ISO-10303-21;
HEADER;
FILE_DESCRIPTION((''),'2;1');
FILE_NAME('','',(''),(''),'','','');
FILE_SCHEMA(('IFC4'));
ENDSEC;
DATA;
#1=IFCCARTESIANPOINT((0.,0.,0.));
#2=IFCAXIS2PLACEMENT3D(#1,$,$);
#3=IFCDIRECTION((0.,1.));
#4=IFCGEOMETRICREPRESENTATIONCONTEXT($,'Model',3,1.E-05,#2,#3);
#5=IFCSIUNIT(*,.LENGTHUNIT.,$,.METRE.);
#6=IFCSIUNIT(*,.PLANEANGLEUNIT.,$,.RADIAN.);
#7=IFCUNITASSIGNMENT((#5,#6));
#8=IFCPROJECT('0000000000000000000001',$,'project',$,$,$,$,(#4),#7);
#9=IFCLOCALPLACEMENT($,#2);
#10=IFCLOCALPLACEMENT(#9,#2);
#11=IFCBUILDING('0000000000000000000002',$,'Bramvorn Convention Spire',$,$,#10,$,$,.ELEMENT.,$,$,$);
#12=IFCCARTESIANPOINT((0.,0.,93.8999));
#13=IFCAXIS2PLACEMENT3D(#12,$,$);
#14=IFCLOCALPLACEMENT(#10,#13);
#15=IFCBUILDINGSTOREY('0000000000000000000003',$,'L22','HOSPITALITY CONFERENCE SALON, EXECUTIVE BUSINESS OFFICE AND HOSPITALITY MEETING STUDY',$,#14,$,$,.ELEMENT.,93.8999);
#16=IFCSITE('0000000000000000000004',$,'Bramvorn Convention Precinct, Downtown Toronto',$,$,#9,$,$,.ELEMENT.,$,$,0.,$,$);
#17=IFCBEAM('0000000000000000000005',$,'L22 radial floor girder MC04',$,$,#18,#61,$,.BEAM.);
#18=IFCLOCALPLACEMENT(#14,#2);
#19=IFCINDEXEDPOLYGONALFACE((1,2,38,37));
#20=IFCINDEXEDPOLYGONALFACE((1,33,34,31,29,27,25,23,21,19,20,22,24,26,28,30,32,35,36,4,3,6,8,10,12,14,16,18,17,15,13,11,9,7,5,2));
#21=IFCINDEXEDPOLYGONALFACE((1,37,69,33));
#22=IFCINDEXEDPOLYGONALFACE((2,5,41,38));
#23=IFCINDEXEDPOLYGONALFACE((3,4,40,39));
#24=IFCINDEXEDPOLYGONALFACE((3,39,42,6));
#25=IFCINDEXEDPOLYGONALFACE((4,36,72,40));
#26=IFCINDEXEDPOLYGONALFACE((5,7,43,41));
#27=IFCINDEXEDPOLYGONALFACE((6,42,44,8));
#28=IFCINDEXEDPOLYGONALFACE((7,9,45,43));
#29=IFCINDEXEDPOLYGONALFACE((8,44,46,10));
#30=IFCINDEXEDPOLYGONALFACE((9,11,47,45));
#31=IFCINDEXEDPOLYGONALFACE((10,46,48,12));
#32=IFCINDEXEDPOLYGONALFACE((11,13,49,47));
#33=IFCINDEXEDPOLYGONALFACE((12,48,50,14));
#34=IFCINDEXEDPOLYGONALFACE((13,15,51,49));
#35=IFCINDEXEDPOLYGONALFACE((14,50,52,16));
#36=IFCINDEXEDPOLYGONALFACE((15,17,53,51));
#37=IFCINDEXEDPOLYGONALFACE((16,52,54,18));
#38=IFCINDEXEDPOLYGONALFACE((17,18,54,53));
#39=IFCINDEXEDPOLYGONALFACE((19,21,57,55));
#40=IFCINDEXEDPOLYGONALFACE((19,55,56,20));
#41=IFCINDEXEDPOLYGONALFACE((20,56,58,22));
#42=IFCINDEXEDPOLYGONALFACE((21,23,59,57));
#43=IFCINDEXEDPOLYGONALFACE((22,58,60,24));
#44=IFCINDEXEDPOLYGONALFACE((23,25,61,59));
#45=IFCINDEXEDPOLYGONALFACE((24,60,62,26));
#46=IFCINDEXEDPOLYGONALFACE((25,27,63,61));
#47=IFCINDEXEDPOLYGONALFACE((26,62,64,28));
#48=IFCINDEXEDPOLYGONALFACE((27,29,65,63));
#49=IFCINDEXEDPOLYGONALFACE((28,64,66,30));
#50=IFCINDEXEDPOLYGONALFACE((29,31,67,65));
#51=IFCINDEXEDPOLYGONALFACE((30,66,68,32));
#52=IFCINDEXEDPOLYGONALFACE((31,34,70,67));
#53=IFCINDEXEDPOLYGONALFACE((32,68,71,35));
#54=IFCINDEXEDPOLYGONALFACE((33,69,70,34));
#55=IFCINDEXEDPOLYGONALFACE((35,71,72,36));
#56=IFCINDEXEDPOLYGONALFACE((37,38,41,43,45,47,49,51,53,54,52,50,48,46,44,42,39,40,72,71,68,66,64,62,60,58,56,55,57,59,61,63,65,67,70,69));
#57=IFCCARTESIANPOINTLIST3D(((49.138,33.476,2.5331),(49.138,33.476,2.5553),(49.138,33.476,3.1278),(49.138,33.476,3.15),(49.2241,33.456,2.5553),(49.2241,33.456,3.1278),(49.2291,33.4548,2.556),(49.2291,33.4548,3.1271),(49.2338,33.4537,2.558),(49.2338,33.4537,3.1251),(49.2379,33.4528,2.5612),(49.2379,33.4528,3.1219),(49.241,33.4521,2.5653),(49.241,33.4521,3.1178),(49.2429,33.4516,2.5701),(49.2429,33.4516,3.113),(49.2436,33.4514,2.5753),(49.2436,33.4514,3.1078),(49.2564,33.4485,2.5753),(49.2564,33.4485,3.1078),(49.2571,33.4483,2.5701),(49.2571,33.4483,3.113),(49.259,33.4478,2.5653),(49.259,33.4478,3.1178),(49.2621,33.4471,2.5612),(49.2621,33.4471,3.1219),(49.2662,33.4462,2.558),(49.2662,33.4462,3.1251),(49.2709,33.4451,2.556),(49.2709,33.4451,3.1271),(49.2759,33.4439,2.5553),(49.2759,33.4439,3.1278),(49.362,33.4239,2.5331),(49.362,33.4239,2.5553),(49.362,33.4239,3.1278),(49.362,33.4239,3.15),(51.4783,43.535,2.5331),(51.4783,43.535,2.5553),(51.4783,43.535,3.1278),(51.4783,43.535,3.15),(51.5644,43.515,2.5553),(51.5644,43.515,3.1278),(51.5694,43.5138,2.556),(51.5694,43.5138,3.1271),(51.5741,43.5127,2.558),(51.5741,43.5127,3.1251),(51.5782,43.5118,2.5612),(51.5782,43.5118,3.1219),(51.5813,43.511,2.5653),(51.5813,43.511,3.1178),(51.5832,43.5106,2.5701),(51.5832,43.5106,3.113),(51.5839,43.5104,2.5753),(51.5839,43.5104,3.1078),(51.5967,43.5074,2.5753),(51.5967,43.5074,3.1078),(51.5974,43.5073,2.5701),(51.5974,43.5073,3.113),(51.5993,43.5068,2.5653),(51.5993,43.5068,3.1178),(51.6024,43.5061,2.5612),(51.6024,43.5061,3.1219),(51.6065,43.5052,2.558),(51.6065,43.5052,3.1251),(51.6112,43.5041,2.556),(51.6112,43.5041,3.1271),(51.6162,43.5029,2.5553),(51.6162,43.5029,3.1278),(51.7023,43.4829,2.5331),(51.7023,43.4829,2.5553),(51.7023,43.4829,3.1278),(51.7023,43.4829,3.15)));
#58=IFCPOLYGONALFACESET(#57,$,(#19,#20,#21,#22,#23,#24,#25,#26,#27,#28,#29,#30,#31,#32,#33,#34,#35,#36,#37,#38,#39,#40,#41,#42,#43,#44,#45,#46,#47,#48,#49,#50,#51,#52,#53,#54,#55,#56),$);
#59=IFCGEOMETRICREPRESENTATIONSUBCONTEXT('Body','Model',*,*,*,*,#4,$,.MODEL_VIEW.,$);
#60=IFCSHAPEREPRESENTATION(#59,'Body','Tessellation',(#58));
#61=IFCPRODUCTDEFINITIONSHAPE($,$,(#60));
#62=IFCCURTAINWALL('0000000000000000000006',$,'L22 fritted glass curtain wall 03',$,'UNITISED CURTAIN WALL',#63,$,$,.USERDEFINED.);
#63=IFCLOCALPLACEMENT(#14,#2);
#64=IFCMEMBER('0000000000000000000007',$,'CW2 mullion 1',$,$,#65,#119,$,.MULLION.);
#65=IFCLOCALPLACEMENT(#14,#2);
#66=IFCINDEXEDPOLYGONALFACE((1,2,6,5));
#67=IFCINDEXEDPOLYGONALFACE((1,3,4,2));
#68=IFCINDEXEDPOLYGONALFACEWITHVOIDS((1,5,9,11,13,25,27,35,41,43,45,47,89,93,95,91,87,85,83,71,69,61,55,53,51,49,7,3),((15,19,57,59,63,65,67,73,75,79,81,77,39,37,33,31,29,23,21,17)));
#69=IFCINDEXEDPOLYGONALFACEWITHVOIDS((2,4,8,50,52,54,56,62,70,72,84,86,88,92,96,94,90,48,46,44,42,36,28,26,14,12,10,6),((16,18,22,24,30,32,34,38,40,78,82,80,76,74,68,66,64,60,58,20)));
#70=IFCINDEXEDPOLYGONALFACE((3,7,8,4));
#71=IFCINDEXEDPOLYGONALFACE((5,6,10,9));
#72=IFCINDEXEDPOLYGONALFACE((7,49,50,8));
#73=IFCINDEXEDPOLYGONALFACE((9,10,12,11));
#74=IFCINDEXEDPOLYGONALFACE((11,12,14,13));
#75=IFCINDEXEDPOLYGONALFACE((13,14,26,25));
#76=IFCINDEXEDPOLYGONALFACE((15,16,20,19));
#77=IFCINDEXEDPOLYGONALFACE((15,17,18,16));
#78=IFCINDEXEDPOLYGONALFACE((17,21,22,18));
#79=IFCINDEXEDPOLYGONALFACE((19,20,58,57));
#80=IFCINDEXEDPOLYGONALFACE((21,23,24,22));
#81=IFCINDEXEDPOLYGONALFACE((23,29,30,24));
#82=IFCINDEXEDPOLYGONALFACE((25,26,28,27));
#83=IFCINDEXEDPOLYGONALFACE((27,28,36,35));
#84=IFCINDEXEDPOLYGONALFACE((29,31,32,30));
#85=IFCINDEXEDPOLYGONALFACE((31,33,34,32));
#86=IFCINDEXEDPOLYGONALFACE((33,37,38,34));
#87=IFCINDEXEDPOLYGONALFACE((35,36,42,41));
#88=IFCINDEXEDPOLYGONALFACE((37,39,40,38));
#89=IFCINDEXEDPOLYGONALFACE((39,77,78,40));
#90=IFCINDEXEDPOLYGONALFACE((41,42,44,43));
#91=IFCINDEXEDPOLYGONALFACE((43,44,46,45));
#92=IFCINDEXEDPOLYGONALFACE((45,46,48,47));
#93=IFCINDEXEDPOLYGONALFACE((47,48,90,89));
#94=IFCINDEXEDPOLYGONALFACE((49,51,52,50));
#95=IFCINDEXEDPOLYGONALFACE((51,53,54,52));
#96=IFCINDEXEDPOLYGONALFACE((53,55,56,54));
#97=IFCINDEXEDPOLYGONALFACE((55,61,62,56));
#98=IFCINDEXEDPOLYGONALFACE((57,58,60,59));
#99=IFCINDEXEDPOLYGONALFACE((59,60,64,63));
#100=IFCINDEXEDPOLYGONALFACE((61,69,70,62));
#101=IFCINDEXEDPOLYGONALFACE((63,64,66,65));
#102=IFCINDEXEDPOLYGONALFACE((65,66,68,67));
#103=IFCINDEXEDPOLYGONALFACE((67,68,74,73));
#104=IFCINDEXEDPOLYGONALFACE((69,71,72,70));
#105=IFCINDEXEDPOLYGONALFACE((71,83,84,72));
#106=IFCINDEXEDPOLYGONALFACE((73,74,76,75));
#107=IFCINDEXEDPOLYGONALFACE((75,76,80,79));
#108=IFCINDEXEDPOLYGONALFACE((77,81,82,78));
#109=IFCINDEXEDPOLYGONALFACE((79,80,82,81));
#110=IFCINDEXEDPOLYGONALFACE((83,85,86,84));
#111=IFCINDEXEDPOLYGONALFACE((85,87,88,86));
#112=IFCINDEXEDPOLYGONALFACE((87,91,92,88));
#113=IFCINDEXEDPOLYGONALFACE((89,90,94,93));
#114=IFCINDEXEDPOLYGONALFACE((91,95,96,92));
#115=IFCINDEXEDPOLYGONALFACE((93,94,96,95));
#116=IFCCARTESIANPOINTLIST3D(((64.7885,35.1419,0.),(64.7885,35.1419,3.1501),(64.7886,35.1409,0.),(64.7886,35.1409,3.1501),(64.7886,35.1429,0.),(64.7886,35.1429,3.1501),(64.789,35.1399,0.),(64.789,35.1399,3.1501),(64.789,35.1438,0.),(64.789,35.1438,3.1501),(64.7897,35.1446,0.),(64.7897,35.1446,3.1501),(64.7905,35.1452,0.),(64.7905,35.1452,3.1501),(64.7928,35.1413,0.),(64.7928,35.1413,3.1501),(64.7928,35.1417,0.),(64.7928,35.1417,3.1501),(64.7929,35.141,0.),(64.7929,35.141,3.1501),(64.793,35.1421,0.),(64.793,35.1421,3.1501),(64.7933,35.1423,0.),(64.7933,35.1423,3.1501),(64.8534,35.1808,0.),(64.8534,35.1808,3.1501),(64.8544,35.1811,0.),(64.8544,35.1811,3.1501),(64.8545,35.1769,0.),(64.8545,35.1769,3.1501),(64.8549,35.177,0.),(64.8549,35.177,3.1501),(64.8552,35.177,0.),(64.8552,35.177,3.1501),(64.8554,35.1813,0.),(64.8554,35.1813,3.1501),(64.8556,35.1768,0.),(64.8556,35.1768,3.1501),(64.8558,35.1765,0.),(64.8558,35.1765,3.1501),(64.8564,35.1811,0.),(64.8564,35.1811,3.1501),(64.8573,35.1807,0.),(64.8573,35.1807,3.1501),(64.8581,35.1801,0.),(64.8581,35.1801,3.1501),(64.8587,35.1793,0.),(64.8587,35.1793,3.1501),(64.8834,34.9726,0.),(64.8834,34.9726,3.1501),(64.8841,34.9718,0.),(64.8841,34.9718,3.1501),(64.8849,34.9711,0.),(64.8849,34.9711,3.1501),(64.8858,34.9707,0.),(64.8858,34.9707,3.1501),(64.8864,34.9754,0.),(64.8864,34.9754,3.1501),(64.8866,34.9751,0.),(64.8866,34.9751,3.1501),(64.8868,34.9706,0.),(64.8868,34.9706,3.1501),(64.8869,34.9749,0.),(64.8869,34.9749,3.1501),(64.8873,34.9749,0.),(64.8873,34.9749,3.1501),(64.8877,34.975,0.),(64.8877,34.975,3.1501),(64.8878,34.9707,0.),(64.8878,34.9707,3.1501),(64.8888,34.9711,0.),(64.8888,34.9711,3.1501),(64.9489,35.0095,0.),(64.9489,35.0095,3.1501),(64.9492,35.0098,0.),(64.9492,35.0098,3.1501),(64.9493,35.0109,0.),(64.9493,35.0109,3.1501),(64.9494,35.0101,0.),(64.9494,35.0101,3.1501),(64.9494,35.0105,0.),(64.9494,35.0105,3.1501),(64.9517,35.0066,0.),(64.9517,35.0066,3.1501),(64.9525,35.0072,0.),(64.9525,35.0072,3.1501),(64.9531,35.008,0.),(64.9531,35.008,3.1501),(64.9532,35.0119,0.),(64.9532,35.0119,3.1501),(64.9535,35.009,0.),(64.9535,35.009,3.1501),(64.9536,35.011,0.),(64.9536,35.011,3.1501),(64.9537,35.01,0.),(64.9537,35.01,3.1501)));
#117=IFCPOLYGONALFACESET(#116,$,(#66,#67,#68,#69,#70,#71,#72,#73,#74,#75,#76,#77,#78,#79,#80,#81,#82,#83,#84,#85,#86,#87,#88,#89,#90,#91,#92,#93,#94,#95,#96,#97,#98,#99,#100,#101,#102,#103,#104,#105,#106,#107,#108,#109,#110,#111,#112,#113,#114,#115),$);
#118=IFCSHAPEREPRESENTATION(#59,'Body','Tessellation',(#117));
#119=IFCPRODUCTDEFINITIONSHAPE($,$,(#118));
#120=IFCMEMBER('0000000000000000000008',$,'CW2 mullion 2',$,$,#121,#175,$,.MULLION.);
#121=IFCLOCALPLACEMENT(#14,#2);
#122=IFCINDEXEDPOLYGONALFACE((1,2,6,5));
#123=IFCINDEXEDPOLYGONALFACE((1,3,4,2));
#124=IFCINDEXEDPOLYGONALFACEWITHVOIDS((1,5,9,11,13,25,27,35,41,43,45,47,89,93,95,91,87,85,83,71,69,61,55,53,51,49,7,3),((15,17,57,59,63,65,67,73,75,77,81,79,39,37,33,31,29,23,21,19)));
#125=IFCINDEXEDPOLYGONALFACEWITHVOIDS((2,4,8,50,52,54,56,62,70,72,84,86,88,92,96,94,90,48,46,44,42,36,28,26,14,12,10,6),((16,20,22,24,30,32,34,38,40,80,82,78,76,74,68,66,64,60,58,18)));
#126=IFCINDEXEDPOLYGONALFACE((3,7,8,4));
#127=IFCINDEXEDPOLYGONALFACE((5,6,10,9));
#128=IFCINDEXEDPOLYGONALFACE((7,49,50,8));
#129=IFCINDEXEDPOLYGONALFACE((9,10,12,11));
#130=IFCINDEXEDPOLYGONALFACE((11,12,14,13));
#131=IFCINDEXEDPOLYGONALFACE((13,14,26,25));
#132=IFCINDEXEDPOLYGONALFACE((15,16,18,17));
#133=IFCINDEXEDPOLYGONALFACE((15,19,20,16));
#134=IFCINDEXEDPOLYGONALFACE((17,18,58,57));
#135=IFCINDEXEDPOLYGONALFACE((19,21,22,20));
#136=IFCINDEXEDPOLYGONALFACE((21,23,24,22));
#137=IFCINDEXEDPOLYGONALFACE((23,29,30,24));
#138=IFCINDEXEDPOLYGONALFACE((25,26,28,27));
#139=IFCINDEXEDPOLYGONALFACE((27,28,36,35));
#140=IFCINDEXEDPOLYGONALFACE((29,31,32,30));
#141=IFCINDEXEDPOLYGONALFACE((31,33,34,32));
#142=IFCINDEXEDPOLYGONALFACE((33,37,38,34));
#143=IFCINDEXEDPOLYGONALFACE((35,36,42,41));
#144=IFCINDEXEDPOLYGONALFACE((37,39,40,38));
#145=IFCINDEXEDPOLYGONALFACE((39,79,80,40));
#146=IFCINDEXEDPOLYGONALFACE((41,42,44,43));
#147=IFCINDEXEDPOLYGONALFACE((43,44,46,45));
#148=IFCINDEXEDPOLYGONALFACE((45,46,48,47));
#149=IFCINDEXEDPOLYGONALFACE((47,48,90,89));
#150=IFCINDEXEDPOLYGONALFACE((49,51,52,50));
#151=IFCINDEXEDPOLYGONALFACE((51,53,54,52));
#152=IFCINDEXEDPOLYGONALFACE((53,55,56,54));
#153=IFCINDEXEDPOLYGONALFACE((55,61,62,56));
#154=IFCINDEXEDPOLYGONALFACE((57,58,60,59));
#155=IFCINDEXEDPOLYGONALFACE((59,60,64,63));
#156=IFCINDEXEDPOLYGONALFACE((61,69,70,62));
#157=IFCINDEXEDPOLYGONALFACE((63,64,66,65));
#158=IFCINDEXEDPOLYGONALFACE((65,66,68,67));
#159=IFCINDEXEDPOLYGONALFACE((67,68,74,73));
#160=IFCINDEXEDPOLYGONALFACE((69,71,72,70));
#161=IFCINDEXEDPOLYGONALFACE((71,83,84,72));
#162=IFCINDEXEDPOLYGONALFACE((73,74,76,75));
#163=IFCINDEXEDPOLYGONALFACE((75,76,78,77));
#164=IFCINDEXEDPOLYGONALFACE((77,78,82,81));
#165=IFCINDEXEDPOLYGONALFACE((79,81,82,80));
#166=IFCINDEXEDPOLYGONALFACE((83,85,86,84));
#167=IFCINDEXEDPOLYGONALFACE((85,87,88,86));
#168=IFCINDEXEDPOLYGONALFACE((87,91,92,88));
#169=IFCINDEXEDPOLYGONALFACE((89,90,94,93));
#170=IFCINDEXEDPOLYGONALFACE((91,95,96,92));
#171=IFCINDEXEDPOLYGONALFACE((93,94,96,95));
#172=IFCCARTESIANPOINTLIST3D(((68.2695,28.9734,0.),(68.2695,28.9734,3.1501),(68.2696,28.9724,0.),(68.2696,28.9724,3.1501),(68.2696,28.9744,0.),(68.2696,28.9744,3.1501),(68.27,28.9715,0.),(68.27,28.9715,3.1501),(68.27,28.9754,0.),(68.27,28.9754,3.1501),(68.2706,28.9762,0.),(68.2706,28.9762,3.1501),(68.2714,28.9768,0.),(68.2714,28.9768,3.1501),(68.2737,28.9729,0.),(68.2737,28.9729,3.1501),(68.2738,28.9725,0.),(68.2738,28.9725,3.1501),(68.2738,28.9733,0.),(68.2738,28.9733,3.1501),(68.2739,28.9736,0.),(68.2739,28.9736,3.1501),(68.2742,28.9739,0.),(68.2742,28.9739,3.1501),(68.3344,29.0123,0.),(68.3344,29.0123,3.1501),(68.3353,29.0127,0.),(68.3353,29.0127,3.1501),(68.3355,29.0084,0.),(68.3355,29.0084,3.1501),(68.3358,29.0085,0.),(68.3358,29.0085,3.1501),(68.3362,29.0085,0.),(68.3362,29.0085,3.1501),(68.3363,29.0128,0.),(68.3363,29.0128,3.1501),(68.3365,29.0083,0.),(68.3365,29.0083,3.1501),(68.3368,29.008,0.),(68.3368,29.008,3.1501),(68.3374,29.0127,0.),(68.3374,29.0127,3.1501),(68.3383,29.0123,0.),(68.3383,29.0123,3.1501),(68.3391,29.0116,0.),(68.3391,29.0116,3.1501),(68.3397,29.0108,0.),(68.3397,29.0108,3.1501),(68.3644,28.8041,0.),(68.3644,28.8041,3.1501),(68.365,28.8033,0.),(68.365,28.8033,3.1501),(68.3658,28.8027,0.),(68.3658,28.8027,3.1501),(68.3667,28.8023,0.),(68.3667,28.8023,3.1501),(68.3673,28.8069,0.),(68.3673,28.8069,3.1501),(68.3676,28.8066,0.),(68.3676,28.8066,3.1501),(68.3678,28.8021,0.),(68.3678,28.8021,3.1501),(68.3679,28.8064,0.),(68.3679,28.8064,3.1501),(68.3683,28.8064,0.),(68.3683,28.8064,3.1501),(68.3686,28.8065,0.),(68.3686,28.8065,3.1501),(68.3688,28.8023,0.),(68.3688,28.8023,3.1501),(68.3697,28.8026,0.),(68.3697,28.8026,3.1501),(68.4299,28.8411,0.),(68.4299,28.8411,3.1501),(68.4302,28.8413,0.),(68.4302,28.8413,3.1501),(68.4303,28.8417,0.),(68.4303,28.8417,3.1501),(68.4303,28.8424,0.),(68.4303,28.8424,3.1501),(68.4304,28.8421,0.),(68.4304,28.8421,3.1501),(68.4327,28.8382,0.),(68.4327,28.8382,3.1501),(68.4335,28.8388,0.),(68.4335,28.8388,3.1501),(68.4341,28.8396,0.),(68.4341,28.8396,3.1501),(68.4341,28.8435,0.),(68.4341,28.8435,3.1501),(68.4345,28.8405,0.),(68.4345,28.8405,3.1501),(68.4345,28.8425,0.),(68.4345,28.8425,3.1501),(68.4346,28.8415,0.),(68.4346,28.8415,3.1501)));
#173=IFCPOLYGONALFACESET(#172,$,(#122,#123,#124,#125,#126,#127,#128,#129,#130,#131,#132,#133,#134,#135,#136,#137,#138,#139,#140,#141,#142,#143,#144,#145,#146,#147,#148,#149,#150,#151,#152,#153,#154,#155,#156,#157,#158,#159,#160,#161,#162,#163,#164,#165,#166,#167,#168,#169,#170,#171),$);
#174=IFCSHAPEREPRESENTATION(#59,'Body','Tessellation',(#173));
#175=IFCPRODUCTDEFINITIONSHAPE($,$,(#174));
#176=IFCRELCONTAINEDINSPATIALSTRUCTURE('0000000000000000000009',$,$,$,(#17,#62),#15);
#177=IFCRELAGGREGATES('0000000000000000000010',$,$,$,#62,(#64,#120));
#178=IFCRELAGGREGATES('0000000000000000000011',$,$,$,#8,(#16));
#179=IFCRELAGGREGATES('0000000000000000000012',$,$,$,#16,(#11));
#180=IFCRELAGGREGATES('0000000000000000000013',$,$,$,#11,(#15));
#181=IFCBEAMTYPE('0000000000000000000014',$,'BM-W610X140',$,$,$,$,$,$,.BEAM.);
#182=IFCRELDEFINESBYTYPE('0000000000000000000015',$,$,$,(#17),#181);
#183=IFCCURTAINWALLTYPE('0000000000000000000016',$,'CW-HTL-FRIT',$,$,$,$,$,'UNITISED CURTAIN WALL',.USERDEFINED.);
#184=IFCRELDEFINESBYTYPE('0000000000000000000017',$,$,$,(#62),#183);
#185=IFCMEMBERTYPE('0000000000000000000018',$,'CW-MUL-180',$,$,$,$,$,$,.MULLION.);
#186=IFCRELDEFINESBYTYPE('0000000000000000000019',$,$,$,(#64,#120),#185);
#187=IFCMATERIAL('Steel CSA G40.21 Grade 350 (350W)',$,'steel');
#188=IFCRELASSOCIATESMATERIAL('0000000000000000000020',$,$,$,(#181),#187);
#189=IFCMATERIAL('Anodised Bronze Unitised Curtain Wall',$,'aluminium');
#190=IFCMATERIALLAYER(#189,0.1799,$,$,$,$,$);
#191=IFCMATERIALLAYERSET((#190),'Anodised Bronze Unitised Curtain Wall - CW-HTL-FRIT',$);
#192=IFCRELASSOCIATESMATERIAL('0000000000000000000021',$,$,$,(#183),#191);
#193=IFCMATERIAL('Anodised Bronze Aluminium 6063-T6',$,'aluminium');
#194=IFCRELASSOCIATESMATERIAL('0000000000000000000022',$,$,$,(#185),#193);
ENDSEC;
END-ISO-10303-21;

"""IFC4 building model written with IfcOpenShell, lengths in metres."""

from ifc_helpers import new_model, si_unit, direction, frame, origin, origin_2d, place, context, subcontext, project, spatial, hollow_rectangle, i_section, extrude, material, layer, layer_set, material_profile, profile_set, type_object, element, aggregate, save


model = new_model("IFC4")

# Units and contexts
model_context = context("Model", 3, precision=1e-05, world=origin(), true_north=direction((0.0, 1.0)))
body_context = subcontext(model_context, "Body", "Model", "MODEL_VIEW")
ifc_project = project(units=[si_unit("LENGTHUNIT", "METRE"), si_unit("PLANEANGLEUNIT", "RADIAN")], contexts=[model_context])

# Site, building, storey
site_placement = place(None, origin())
site = spatial("IfcSite", under=ifc_project, at=site_placement, Name="Bramvorn Convention Precinct, Downtown Toronto", CompositionType="ELEMENT", RefElevation=0.0)
building_placement = place(site_placement, origin())
building = spatial("IfcBuilding", under=site, at=building_placement, Name="Bramvorn Convention Spire", CompositionType="ELEMENT")
storey_placement = place(building_placement, frame((0.0, 0.0, 93.8999)))
storey = spatial("IfcBuildingStorey", under=building, at=storey_placement, Name="L22", Description="HOSPITALITY CONFERENCE SALON, EXECUTIVE BUSINESS OFFICE AND HOSPITALITY MEETING STUDY", CompositionType="ELEMENT", Elevation=93.8999)

# Shared definitions
ifc_material_1 = material(Name="Steel CSA G40.21 Grade 350 (350W)", Category="steel")

# Beam
ifc_material_profile_1 = material_profile(ifc_material_1, i_section(OverallWidth=0.23, OverallDepth=0.6169, WebThickness=0.0132, FlangeThickness=0.0222, FilletRadius=0.02, at=origin_2d()))
ifc_profile_set_1 = profile_set([ifc_material_profile_1], Name="Steel CSA G40.21 Grade 350 (350W) - W610X140")
beam_type_1 = type_object("IfcBeamType", Name="BM-W610X140", PredefinedType="BEAM", material=ifc_profile_set_1)
beam_1_placement = place(storey_placement, frame((49.25, 33.45, 2.8416), z_axis=(0.226606, 0.973986, 0.0), x_axis=(-0.973986, 0.226606, 0.0)))
element("IfcBeam", 1, at=beam_1_placement, inside=storey, type_object=beam_type_1, Name="L22 radial floor girder MC04", PredefinedType="BEAM", context=body_context, shape_type="SweptSolid", body=[
    extrude(i_section(OverallWidth=0.23, OverallDepth=0.6169, WebThickness=0.0132, FlangeThickness=0.0222, FilletRadius=0.02, at=origin_2d()), origin(), (0.0, 0.0, 1.0), 10.3276),
])

# Curtain wall, members
ifc_material_2 = material(Name="Anodised Bronze Unitised Curtain Wall", Category="aluminium")
ifc_layer_1 = layer(ifc_material_2, 0.1799)
ifc_layer_set_1 = layer_set([ifc_layer_1], Name="Anodised Bronze Unitised Curtain Wall - CW-HTL-FRIT")
curtain_wall_type = type_object("IfcCurtainWallType", Name="CW-HTL-FRIT", ElementType="UNITISED CURTAIN WALL", PredefinedType="USERDEFINED", material=ifc_layer_set_1)
curtain_wall_1_placement = place(storey_placement, origin())
curtain_wall_1 = element("IfcCurtainWall", 2, at=curtain_wall_1_placement, inside=storey, type_object=curtain_wall_type, Name="L22 fritted glass curtain wall 03", ObjectType="UNITISED CURTAIN WALL", PredefinedType="USERDEFINED")
ifc_material_3 = material(Name="Anodised Bronze Aluminium 6063-T6", Category="aluminium")
ifc_material_profile_2 = material_profile(ifc_material_3, hollow_rectangle(XDim=0.0801, YDim=0.2, WallThickness=0.0039, InnerFilletRadius=0.001, OuterFilletRadius=0.0039, at=origin_2d()))
ifc_profile_set_2 = profile_set([ifc_material_profile_2], Name="Anodised Bronze Aluminium 6063-T6 - CWM80X200")
member_type_1 = type_object("IfcMemberType", Name="CW-MUL-180", PredefinedType="MULLION", material=ifc_profile_set_2)
member_1_placement = place(storey_placement, frame((64.8711, 35.0759, 0.0), z_axis=(0.0, 0.0, 1.0), x_axis=(0.870895, 0.491469, 0.0)))
member_1 = element("IfcMember", 3, at=member_1_placement, type_object=member_type_1, Name="CW2 mullion 1", PredefinedType="MULLION", context=body_context, shape_type="SweptSolid", body=[
    extrude(hollow_rectangle(XDim=0.0801, YDim=0.2, WallThickness=0.0039, InnerFilletRadius=0.001, OuterFilletRadius=0.0039, at=origin_2d()), origin(), (0.0, 0.0, 1.0), 3.1501),
])
member_2_placement = place(storey_placement, frame((68.3521, 28.9075, 0.0), z_axis=(0.0, 0.0, 1.0), x_axis=(0.870895, 0.491469, 0.0)))
member_2 = element("IfcMember", 4, at=member_2_placement, type_object=member_type_1, Name="CW2 mullion 2", PredefinedType="MULLION", context=body_context, shape_type="SweptSolid", body=[
    extrude(hollow_rectangle(XDim=0.0801, YDim=0.2, WallThickness=0.0039, InnerFilletRadius=0.001, OuterFilletRadius=0.0039, at=origin_2d()), origin(), (0.0, 0.0, 1.0), 3.1501),
])

aggregate(curtain_wall_1, [member_1, member_2])

save(model, "model.ifc")
